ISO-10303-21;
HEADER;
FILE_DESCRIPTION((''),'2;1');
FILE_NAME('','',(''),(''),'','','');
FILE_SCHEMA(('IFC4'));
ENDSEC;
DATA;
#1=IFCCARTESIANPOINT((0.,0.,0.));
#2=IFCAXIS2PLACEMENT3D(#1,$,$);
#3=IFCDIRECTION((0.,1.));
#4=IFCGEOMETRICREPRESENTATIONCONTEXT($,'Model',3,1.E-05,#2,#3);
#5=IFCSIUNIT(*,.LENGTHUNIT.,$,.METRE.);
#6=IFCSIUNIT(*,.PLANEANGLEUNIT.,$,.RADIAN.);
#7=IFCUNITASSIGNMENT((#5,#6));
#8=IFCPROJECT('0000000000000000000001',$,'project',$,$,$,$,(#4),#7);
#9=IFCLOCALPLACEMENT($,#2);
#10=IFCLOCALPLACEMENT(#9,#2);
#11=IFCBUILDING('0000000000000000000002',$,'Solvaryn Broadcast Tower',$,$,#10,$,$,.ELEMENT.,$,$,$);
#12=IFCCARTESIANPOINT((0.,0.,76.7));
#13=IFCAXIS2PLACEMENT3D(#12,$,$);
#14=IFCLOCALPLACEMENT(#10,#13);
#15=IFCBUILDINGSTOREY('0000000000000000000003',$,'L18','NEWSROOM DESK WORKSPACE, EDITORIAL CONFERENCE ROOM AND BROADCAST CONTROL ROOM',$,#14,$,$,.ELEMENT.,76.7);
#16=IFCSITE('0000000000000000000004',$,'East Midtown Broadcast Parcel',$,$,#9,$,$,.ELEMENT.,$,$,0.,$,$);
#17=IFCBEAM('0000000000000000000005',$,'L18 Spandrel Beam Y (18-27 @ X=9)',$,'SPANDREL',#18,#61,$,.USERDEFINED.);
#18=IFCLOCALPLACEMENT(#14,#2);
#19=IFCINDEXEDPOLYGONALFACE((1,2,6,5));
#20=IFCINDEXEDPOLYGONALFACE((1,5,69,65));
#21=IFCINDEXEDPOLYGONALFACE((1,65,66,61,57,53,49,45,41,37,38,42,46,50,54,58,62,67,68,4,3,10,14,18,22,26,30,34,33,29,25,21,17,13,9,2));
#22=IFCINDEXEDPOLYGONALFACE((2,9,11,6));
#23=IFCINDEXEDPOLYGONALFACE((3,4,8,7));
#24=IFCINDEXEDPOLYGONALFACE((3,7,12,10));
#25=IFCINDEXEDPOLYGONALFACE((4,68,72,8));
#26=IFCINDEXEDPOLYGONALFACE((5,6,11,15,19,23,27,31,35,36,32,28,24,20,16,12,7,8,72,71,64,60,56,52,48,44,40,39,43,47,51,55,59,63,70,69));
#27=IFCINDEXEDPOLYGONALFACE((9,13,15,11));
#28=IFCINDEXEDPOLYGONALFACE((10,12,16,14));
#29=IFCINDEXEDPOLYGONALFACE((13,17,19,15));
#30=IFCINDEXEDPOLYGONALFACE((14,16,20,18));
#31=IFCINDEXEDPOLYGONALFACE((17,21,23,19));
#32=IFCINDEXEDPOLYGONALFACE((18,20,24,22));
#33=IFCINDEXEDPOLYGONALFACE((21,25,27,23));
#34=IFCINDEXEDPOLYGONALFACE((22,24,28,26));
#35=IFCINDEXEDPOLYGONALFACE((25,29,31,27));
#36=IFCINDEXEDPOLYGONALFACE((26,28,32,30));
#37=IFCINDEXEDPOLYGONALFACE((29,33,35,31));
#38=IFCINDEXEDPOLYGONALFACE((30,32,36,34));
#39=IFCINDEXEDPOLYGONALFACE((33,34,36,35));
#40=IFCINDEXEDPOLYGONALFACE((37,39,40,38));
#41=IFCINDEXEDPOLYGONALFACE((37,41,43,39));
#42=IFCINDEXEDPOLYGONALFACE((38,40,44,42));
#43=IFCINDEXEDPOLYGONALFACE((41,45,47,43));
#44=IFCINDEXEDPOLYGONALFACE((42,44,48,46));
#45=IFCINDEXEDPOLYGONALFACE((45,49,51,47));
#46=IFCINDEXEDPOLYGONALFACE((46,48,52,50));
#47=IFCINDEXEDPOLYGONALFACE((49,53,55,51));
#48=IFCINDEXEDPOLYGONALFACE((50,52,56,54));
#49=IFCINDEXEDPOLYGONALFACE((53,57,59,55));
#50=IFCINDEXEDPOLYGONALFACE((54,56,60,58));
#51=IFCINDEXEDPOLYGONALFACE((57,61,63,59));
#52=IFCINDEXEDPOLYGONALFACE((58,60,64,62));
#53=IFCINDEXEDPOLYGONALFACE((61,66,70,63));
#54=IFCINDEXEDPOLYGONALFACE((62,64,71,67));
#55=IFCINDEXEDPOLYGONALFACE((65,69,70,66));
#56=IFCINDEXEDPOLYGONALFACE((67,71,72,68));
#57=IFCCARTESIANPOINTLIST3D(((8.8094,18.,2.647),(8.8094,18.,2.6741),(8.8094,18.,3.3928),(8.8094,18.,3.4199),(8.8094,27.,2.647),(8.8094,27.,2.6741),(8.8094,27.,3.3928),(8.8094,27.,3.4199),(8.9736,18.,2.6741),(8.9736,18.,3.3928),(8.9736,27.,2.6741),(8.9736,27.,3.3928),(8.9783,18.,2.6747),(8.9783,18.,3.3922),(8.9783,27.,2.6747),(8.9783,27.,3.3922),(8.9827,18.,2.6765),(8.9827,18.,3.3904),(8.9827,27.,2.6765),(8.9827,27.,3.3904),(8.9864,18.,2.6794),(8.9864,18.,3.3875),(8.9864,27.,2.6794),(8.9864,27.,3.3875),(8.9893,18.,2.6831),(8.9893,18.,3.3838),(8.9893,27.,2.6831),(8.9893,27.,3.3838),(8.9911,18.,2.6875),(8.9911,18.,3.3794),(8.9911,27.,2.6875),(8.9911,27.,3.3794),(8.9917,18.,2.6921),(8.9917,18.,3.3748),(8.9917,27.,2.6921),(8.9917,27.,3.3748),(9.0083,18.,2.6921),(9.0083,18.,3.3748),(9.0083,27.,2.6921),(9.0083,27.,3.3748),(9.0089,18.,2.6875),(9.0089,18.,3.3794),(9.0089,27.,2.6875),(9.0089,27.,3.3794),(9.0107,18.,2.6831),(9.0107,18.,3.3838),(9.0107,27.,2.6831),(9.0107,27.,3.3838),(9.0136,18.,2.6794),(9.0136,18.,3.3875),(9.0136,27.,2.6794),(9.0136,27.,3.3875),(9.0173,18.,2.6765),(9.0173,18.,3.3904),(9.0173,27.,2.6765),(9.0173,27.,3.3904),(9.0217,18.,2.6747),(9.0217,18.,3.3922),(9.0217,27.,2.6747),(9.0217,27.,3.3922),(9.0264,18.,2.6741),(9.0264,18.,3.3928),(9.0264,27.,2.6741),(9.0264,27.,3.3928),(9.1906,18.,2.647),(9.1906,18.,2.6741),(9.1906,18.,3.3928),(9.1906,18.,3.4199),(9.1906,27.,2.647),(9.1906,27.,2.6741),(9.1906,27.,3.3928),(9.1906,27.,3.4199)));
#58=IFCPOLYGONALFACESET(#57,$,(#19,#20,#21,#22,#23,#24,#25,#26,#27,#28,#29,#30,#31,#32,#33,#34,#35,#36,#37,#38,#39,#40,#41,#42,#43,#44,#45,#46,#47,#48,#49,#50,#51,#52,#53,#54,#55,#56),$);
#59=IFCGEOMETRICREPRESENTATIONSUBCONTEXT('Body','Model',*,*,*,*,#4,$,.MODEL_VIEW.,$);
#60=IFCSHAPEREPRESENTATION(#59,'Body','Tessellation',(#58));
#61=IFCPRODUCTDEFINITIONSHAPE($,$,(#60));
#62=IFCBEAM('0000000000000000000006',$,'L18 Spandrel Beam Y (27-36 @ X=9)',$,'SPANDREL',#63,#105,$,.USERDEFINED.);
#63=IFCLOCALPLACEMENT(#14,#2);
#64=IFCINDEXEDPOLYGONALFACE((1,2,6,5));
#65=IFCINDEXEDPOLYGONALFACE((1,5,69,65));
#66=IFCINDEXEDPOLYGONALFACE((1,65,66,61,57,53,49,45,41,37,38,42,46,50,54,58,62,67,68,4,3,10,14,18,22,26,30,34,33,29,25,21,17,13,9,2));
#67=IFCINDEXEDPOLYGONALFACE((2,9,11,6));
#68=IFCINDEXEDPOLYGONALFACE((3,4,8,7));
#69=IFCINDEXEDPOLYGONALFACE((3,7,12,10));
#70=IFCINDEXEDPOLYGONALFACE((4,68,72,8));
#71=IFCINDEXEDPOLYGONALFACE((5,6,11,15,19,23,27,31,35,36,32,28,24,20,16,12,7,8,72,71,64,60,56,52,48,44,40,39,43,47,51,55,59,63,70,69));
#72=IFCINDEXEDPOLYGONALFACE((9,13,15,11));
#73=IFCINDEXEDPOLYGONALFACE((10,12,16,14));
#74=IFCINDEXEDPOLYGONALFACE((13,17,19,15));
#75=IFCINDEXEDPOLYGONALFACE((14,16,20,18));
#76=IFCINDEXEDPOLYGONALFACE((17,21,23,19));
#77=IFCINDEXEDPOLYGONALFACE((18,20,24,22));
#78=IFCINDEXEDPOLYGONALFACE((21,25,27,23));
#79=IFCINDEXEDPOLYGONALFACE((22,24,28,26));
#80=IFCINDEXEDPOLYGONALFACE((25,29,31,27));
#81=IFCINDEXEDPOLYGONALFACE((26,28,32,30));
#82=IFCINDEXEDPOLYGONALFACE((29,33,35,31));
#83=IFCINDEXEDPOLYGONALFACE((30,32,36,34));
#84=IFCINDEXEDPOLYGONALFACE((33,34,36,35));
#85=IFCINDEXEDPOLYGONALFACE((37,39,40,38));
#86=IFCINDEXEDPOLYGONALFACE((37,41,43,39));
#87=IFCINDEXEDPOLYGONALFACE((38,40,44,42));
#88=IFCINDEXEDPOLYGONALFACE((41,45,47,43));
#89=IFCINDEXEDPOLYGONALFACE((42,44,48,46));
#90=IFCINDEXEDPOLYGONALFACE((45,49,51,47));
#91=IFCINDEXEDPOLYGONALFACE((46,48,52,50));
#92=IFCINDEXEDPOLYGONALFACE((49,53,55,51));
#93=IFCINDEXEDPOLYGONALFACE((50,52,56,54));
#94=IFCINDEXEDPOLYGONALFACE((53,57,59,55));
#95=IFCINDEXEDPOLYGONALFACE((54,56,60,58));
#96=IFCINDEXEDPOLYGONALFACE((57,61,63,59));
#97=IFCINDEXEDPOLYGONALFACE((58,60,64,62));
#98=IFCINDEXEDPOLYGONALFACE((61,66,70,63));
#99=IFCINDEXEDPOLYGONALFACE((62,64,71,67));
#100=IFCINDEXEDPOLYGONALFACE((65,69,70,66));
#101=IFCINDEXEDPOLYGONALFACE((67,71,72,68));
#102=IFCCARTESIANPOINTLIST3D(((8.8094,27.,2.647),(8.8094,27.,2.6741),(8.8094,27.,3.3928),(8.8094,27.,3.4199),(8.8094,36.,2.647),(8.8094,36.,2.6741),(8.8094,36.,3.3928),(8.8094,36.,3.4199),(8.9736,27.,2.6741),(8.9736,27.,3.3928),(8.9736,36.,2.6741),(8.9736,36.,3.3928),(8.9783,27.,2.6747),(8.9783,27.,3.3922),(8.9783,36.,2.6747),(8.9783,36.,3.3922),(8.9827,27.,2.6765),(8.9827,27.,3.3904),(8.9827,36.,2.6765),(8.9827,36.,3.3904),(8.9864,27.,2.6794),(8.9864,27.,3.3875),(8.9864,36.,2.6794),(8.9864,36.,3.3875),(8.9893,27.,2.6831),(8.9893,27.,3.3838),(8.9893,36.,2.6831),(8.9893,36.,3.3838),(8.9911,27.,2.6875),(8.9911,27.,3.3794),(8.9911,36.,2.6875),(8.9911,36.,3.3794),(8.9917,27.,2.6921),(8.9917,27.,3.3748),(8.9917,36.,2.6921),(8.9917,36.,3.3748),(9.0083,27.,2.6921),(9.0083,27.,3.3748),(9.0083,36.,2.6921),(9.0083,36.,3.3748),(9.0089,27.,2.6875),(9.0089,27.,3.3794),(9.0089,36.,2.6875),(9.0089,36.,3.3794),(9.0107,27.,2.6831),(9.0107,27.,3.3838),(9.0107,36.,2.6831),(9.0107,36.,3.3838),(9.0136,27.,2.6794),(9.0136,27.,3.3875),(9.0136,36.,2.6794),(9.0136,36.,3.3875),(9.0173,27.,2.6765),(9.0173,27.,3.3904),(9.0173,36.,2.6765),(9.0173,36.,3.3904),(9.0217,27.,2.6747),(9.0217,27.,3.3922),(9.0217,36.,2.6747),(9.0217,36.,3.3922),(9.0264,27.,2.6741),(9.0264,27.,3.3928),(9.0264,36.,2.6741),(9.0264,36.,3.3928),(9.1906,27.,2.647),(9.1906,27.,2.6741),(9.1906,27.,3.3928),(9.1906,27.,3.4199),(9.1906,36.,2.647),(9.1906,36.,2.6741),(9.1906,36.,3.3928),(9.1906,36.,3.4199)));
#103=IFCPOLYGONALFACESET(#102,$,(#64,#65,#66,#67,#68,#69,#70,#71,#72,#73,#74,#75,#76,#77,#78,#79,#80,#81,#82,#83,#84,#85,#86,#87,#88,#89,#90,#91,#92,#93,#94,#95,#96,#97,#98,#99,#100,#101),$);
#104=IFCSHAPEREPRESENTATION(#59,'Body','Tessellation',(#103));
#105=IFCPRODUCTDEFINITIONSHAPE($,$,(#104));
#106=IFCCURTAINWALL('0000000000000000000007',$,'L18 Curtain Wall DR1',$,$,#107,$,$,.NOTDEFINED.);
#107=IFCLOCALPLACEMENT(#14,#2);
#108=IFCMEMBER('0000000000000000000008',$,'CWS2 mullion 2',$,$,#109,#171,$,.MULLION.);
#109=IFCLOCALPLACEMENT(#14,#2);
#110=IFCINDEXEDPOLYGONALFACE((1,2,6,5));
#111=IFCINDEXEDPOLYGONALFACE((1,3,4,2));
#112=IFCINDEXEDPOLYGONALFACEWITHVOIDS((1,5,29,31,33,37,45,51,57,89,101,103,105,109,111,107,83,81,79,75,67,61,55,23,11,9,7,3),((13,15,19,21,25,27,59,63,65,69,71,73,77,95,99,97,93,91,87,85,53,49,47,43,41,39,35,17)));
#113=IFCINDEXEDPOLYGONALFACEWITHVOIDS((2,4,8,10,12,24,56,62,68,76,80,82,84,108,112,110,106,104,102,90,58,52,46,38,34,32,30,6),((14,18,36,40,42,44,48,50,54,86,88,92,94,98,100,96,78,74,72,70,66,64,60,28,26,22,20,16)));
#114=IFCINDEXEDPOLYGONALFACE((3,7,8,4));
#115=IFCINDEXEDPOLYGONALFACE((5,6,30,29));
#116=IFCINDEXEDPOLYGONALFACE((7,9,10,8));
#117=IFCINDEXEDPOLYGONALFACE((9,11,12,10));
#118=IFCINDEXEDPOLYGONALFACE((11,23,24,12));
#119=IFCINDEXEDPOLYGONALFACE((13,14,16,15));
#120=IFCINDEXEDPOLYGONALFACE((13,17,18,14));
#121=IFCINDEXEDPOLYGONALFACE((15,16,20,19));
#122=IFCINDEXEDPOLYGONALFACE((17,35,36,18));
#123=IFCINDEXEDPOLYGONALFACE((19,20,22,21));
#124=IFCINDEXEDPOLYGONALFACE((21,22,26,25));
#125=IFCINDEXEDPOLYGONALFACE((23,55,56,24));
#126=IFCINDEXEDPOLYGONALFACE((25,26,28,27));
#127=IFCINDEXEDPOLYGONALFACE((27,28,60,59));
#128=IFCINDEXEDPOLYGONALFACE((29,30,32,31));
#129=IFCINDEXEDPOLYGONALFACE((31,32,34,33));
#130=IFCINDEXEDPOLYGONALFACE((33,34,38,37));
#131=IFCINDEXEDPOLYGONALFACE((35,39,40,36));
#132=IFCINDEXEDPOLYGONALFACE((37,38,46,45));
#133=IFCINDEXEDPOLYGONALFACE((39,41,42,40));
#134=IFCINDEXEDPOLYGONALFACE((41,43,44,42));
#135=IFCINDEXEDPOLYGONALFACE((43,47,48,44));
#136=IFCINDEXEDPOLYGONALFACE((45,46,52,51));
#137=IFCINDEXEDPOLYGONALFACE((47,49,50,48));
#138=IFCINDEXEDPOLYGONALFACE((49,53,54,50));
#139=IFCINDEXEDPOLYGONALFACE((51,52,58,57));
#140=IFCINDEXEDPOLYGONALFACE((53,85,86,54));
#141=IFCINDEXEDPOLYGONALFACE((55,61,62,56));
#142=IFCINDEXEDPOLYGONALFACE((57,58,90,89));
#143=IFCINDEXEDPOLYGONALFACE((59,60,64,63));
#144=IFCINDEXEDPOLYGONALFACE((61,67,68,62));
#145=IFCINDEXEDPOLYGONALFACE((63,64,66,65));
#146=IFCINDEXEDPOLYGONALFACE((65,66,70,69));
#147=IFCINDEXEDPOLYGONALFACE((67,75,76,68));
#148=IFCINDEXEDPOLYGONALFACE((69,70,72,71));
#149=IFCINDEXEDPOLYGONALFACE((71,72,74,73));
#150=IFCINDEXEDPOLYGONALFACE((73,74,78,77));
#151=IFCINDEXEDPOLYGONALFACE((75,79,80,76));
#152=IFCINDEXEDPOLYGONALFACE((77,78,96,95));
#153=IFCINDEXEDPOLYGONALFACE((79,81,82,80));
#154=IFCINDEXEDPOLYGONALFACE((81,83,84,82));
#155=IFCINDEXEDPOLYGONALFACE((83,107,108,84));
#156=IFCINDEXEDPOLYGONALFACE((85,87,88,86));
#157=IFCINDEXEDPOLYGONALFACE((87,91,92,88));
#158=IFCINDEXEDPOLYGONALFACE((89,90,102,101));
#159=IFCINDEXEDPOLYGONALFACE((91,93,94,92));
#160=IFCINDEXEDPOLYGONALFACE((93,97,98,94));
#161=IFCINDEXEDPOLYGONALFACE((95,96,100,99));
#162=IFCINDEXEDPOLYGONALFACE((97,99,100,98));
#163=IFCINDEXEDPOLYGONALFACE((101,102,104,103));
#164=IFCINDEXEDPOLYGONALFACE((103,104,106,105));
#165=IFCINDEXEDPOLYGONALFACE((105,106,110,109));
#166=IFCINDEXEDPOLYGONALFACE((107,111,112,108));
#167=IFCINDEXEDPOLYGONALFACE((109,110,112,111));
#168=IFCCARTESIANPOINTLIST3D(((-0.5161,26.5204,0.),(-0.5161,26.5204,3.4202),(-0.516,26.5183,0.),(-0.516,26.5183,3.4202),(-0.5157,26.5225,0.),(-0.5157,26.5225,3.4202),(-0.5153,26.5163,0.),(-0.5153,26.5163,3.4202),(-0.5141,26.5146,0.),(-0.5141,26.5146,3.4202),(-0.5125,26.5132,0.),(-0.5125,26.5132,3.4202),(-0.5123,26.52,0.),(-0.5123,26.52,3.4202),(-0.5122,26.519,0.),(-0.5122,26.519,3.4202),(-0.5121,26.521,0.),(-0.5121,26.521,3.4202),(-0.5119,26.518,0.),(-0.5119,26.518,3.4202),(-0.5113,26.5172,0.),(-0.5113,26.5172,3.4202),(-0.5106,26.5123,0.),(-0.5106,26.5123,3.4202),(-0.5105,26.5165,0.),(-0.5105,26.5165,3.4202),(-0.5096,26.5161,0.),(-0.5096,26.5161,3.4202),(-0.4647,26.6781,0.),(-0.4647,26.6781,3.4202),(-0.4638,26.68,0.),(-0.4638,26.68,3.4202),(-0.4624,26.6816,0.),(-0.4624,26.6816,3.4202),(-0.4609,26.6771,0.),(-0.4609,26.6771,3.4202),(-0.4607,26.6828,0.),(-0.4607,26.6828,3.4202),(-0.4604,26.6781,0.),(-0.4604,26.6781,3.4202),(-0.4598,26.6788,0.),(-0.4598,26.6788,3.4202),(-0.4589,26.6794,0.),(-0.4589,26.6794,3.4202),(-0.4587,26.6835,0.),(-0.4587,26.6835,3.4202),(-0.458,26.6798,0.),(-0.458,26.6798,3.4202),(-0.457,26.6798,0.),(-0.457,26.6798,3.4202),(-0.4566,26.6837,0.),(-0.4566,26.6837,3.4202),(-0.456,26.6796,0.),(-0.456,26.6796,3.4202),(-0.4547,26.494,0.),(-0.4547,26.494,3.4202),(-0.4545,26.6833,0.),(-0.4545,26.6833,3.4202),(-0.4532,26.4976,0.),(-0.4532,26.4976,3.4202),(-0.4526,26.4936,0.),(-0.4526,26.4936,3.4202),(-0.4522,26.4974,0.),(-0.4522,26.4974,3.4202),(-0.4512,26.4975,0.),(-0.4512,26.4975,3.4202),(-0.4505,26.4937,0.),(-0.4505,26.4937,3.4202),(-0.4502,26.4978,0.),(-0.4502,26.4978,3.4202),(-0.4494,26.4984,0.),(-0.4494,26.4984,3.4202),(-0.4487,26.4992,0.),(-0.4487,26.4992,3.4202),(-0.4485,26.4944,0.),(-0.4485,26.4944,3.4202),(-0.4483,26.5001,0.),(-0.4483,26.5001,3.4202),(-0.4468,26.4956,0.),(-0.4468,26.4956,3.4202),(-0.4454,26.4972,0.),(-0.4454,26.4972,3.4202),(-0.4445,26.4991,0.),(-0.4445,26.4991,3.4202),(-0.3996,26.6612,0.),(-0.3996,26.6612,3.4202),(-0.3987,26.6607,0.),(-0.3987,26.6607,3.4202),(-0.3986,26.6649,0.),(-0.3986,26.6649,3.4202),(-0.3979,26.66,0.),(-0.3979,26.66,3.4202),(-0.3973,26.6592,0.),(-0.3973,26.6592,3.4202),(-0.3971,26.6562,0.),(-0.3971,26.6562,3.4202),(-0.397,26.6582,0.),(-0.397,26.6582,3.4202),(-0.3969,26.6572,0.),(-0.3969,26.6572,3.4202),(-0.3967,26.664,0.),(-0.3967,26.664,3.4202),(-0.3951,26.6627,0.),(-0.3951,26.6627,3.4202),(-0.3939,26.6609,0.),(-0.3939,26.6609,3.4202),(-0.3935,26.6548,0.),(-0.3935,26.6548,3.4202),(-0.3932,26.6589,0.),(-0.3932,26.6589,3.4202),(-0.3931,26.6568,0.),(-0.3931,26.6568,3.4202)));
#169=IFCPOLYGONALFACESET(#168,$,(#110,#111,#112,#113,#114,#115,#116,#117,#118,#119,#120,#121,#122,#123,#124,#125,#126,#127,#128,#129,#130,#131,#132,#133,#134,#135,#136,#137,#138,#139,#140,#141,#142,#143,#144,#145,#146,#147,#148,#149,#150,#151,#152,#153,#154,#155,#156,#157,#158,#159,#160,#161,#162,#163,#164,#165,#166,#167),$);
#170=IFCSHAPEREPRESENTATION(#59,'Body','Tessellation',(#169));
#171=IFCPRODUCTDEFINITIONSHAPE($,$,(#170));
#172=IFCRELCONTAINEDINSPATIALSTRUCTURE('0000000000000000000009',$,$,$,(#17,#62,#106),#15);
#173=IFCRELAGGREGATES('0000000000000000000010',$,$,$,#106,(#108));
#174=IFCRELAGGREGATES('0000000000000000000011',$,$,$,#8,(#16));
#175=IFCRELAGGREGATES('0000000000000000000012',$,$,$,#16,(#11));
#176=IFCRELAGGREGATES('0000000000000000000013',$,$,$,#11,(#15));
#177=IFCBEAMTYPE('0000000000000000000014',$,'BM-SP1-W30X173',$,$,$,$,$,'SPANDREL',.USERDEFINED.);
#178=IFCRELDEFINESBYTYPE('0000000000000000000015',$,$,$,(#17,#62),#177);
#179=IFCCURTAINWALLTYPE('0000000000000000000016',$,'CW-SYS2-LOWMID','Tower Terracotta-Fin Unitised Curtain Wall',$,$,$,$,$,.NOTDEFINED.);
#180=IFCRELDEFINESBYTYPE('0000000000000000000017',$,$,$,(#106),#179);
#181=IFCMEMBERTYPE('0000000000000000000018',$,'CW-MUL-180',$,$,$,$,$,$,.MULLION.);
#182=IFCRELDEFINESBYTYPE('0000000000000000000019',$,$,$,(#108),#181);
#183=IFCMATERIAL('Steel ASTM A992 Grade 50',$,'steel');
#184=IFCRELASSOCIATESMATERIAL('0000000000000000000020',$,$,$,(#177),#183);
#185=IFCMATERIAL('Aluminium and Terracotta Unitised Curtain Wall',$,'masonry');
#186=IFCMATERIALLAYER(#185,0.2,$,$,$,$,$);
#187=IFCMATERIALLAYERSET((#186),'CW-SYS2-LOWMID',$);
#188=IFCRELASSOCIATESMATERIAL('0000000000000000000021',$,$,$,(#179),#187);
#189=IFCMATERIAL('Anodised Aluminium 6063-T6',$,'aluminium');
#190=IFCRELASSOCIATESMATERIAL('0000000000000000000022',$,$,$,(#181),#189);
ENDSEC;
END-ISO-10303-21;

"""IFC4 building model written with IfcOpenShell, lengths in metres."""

from ifc_helpers import new_model, si_unit, direction, frame, origin, origin_2d, place, context, subcontext, project, spatial, hollow_rectangle, i_section, extrude, material, layer, layer_set, material_profile, profile_set, type_object, element, aggregate, save


model = new_model("IFC4")

# Units and contexts
model_context = context("Model", 3, precision=1e-05, world=origin(), true_north=direction((0.0, 1.0)))
body_context = subcontext(model_context, "Body", "Model", "MODEL_VIEW")
ifc_project = project(units=[si_unit("LENGTHUNIT", "METRE"), si_unit("PLANEANGLEUNIT", "RADIAN")], contexts=[model_context])

# Site, building, storey
site_placement = place(None, origin())
site = spatial("IfcSite", under=ifc_project, at=site_placement, Name="East Midtown Broadcast Parcel", CompositionType="ELEMENT", RefElevation=0.0)
building_placement = place(site_placement, origin())
building = spatial("IfcBuilding", under=site, at=building_placement, Name="Solvaryn Broadcast Tower", CompositionType="ELEMENT")
storey_placement = place(building_placement, frame((0.0, 0.0, 76.7)))
storey = spatial("IfcBuildingStorey", under=building, at=storey_placement, Name="L18", Description="NEWSROOM DESK WORKSPACE, EDITORIAL CONFERENCE ROOM AND BROADCAST CONTROL ROOM", CompositionType="ELEMENT", Elevation=76.7)

# Beams
ifc_material_1 = material(Name="Steel ASTM A992 Grade 50", Category="steel")
ifc_material_profile_1 = material_profile(ifc_material_1, i_section(OverallWidth=0.3811, OverallDepth=0.7729, WebThickness=0.0166, FlangeThickness=0.0271, FilletRadius=0.0181, at=origin_2d()))
ifc_profile_set_1 = profile_set([ifc_material_profile_1], Name="Steel ASTM A992 Grade 50")
beam_type_1 = type_object("IfcBeamType", Name="BM-SP1-W30X173", ElementType="SPANDREL", PredefinedType="USERDEFINED", material=ifc_profile_set_1)
for number, where, z_axis, x_axis, name in (
    (1, (9.0, 18.0, 3.0334), (0.0, 1.0, 0.0), (-1.0, 0.0, 0.0), "L18 Spandrel Beam Y (18-27 @ X=9)"),
    (2, (9.0, 27.0, 3.0334), (0.0, 1.0, 0.0), (-1.0, 0.0, 0.0), "L18 Spandrel Beam Y (27-36 @ X=9)"),
):
    element("IfcBeam", number, at=place(storey_placement, frame(where, z_axis=z_axis, x_axis=x_axis)), inside=storey, type_object=beam_type_1, Name=name, ObjectType="SPANDREL", PredefinedType="USERDEFINED", context=body_context, shape_type="SweptSolid", body=[
        extrude(i_section(OverallWidth=0.3811, OverallDepth=0.7729, WebThickness=0.0166, FlangeThickness=0.0271, FilletRadius=0.0181, at=origin_2d()), origin(), (0.0, 0.0, 1.0), 9.0),
    ])

# Curtain wall, member
ifc_material_2 = material(Name="Aluminium and Terracotta Unitised Curtain Wall", Category="masonry")
ifc_layer_1 = layer(ifc_material_2, 0.2)
ifc_layer_set_1 = layer_set([ifc_layer_1], Name="CW-SYS2-LOWMID")
curtain_wall_type = type_object("IfcCurtainWallType", Name="CW-SYS2-LOWMID", Description="Tower Terracotta-Fin Unitised Curtain Wall", PredefinedType="NOTDEFINED", material=ifc_layer_set_1)
curtain_wall_1_placement = place(storey_placement, origin())
curtain_wall_1 = element("IfcCurtainWall", 3, at=curtain_wall_1_placement, inside=storey, type_object=curtain_wall_type, Name="L18 Curtain Wall DR1", PredefinedType="NOTDEFINED")
ifc_material_3 = material(Name="Anodised Aluminium 6063-T6", Category="aluminium")
ifc_material_profile_2 = material_profile(ifc_material_3, hollow_rectangle(XDim=0.075, YDim=0.1799, WallThickness=0.0039, InnerFilletRadius=0.0039, OuterFilletRadius=0.0081, at=origin_2d()))
ifc_profile_set_2 = profile_set([ifc_material_profile_2], Name="Anodised Aluminium 6063-T6")
member_type_1 = type_object("IfcMemberType", Name="CW-MUL-180", PredefinedType="MULLION", material=ifc_profile_set_2)
member_1_placement = place(storey_placement, frame((-0.4546, 26.5886, 0.0), z_axis=(0.0, 0.0, 1.0), x_axis=(0.950215, -0.311594, 0.0)))
member_1 = element("IfcMember", 4, at=member_1_placement, type_object=member_type_1, Name="CWS2 mullion 2", PredefinedType="MULLION", context=body_context, shape_type="SweptSolid", body=[
    extrude(hollow_rectangle(XDim=0.075, YDim=0.1799, WallThickness=0.0039, InnerFilletRadius=0.0039, OuterFilletRadius=0.0081, at=origin_2d()), origin(), (0.0, 0.0, 1.0), 3.4202),
])
aggregate(curtain_wall_1, [member_1])

save(model, "model.ifc")
